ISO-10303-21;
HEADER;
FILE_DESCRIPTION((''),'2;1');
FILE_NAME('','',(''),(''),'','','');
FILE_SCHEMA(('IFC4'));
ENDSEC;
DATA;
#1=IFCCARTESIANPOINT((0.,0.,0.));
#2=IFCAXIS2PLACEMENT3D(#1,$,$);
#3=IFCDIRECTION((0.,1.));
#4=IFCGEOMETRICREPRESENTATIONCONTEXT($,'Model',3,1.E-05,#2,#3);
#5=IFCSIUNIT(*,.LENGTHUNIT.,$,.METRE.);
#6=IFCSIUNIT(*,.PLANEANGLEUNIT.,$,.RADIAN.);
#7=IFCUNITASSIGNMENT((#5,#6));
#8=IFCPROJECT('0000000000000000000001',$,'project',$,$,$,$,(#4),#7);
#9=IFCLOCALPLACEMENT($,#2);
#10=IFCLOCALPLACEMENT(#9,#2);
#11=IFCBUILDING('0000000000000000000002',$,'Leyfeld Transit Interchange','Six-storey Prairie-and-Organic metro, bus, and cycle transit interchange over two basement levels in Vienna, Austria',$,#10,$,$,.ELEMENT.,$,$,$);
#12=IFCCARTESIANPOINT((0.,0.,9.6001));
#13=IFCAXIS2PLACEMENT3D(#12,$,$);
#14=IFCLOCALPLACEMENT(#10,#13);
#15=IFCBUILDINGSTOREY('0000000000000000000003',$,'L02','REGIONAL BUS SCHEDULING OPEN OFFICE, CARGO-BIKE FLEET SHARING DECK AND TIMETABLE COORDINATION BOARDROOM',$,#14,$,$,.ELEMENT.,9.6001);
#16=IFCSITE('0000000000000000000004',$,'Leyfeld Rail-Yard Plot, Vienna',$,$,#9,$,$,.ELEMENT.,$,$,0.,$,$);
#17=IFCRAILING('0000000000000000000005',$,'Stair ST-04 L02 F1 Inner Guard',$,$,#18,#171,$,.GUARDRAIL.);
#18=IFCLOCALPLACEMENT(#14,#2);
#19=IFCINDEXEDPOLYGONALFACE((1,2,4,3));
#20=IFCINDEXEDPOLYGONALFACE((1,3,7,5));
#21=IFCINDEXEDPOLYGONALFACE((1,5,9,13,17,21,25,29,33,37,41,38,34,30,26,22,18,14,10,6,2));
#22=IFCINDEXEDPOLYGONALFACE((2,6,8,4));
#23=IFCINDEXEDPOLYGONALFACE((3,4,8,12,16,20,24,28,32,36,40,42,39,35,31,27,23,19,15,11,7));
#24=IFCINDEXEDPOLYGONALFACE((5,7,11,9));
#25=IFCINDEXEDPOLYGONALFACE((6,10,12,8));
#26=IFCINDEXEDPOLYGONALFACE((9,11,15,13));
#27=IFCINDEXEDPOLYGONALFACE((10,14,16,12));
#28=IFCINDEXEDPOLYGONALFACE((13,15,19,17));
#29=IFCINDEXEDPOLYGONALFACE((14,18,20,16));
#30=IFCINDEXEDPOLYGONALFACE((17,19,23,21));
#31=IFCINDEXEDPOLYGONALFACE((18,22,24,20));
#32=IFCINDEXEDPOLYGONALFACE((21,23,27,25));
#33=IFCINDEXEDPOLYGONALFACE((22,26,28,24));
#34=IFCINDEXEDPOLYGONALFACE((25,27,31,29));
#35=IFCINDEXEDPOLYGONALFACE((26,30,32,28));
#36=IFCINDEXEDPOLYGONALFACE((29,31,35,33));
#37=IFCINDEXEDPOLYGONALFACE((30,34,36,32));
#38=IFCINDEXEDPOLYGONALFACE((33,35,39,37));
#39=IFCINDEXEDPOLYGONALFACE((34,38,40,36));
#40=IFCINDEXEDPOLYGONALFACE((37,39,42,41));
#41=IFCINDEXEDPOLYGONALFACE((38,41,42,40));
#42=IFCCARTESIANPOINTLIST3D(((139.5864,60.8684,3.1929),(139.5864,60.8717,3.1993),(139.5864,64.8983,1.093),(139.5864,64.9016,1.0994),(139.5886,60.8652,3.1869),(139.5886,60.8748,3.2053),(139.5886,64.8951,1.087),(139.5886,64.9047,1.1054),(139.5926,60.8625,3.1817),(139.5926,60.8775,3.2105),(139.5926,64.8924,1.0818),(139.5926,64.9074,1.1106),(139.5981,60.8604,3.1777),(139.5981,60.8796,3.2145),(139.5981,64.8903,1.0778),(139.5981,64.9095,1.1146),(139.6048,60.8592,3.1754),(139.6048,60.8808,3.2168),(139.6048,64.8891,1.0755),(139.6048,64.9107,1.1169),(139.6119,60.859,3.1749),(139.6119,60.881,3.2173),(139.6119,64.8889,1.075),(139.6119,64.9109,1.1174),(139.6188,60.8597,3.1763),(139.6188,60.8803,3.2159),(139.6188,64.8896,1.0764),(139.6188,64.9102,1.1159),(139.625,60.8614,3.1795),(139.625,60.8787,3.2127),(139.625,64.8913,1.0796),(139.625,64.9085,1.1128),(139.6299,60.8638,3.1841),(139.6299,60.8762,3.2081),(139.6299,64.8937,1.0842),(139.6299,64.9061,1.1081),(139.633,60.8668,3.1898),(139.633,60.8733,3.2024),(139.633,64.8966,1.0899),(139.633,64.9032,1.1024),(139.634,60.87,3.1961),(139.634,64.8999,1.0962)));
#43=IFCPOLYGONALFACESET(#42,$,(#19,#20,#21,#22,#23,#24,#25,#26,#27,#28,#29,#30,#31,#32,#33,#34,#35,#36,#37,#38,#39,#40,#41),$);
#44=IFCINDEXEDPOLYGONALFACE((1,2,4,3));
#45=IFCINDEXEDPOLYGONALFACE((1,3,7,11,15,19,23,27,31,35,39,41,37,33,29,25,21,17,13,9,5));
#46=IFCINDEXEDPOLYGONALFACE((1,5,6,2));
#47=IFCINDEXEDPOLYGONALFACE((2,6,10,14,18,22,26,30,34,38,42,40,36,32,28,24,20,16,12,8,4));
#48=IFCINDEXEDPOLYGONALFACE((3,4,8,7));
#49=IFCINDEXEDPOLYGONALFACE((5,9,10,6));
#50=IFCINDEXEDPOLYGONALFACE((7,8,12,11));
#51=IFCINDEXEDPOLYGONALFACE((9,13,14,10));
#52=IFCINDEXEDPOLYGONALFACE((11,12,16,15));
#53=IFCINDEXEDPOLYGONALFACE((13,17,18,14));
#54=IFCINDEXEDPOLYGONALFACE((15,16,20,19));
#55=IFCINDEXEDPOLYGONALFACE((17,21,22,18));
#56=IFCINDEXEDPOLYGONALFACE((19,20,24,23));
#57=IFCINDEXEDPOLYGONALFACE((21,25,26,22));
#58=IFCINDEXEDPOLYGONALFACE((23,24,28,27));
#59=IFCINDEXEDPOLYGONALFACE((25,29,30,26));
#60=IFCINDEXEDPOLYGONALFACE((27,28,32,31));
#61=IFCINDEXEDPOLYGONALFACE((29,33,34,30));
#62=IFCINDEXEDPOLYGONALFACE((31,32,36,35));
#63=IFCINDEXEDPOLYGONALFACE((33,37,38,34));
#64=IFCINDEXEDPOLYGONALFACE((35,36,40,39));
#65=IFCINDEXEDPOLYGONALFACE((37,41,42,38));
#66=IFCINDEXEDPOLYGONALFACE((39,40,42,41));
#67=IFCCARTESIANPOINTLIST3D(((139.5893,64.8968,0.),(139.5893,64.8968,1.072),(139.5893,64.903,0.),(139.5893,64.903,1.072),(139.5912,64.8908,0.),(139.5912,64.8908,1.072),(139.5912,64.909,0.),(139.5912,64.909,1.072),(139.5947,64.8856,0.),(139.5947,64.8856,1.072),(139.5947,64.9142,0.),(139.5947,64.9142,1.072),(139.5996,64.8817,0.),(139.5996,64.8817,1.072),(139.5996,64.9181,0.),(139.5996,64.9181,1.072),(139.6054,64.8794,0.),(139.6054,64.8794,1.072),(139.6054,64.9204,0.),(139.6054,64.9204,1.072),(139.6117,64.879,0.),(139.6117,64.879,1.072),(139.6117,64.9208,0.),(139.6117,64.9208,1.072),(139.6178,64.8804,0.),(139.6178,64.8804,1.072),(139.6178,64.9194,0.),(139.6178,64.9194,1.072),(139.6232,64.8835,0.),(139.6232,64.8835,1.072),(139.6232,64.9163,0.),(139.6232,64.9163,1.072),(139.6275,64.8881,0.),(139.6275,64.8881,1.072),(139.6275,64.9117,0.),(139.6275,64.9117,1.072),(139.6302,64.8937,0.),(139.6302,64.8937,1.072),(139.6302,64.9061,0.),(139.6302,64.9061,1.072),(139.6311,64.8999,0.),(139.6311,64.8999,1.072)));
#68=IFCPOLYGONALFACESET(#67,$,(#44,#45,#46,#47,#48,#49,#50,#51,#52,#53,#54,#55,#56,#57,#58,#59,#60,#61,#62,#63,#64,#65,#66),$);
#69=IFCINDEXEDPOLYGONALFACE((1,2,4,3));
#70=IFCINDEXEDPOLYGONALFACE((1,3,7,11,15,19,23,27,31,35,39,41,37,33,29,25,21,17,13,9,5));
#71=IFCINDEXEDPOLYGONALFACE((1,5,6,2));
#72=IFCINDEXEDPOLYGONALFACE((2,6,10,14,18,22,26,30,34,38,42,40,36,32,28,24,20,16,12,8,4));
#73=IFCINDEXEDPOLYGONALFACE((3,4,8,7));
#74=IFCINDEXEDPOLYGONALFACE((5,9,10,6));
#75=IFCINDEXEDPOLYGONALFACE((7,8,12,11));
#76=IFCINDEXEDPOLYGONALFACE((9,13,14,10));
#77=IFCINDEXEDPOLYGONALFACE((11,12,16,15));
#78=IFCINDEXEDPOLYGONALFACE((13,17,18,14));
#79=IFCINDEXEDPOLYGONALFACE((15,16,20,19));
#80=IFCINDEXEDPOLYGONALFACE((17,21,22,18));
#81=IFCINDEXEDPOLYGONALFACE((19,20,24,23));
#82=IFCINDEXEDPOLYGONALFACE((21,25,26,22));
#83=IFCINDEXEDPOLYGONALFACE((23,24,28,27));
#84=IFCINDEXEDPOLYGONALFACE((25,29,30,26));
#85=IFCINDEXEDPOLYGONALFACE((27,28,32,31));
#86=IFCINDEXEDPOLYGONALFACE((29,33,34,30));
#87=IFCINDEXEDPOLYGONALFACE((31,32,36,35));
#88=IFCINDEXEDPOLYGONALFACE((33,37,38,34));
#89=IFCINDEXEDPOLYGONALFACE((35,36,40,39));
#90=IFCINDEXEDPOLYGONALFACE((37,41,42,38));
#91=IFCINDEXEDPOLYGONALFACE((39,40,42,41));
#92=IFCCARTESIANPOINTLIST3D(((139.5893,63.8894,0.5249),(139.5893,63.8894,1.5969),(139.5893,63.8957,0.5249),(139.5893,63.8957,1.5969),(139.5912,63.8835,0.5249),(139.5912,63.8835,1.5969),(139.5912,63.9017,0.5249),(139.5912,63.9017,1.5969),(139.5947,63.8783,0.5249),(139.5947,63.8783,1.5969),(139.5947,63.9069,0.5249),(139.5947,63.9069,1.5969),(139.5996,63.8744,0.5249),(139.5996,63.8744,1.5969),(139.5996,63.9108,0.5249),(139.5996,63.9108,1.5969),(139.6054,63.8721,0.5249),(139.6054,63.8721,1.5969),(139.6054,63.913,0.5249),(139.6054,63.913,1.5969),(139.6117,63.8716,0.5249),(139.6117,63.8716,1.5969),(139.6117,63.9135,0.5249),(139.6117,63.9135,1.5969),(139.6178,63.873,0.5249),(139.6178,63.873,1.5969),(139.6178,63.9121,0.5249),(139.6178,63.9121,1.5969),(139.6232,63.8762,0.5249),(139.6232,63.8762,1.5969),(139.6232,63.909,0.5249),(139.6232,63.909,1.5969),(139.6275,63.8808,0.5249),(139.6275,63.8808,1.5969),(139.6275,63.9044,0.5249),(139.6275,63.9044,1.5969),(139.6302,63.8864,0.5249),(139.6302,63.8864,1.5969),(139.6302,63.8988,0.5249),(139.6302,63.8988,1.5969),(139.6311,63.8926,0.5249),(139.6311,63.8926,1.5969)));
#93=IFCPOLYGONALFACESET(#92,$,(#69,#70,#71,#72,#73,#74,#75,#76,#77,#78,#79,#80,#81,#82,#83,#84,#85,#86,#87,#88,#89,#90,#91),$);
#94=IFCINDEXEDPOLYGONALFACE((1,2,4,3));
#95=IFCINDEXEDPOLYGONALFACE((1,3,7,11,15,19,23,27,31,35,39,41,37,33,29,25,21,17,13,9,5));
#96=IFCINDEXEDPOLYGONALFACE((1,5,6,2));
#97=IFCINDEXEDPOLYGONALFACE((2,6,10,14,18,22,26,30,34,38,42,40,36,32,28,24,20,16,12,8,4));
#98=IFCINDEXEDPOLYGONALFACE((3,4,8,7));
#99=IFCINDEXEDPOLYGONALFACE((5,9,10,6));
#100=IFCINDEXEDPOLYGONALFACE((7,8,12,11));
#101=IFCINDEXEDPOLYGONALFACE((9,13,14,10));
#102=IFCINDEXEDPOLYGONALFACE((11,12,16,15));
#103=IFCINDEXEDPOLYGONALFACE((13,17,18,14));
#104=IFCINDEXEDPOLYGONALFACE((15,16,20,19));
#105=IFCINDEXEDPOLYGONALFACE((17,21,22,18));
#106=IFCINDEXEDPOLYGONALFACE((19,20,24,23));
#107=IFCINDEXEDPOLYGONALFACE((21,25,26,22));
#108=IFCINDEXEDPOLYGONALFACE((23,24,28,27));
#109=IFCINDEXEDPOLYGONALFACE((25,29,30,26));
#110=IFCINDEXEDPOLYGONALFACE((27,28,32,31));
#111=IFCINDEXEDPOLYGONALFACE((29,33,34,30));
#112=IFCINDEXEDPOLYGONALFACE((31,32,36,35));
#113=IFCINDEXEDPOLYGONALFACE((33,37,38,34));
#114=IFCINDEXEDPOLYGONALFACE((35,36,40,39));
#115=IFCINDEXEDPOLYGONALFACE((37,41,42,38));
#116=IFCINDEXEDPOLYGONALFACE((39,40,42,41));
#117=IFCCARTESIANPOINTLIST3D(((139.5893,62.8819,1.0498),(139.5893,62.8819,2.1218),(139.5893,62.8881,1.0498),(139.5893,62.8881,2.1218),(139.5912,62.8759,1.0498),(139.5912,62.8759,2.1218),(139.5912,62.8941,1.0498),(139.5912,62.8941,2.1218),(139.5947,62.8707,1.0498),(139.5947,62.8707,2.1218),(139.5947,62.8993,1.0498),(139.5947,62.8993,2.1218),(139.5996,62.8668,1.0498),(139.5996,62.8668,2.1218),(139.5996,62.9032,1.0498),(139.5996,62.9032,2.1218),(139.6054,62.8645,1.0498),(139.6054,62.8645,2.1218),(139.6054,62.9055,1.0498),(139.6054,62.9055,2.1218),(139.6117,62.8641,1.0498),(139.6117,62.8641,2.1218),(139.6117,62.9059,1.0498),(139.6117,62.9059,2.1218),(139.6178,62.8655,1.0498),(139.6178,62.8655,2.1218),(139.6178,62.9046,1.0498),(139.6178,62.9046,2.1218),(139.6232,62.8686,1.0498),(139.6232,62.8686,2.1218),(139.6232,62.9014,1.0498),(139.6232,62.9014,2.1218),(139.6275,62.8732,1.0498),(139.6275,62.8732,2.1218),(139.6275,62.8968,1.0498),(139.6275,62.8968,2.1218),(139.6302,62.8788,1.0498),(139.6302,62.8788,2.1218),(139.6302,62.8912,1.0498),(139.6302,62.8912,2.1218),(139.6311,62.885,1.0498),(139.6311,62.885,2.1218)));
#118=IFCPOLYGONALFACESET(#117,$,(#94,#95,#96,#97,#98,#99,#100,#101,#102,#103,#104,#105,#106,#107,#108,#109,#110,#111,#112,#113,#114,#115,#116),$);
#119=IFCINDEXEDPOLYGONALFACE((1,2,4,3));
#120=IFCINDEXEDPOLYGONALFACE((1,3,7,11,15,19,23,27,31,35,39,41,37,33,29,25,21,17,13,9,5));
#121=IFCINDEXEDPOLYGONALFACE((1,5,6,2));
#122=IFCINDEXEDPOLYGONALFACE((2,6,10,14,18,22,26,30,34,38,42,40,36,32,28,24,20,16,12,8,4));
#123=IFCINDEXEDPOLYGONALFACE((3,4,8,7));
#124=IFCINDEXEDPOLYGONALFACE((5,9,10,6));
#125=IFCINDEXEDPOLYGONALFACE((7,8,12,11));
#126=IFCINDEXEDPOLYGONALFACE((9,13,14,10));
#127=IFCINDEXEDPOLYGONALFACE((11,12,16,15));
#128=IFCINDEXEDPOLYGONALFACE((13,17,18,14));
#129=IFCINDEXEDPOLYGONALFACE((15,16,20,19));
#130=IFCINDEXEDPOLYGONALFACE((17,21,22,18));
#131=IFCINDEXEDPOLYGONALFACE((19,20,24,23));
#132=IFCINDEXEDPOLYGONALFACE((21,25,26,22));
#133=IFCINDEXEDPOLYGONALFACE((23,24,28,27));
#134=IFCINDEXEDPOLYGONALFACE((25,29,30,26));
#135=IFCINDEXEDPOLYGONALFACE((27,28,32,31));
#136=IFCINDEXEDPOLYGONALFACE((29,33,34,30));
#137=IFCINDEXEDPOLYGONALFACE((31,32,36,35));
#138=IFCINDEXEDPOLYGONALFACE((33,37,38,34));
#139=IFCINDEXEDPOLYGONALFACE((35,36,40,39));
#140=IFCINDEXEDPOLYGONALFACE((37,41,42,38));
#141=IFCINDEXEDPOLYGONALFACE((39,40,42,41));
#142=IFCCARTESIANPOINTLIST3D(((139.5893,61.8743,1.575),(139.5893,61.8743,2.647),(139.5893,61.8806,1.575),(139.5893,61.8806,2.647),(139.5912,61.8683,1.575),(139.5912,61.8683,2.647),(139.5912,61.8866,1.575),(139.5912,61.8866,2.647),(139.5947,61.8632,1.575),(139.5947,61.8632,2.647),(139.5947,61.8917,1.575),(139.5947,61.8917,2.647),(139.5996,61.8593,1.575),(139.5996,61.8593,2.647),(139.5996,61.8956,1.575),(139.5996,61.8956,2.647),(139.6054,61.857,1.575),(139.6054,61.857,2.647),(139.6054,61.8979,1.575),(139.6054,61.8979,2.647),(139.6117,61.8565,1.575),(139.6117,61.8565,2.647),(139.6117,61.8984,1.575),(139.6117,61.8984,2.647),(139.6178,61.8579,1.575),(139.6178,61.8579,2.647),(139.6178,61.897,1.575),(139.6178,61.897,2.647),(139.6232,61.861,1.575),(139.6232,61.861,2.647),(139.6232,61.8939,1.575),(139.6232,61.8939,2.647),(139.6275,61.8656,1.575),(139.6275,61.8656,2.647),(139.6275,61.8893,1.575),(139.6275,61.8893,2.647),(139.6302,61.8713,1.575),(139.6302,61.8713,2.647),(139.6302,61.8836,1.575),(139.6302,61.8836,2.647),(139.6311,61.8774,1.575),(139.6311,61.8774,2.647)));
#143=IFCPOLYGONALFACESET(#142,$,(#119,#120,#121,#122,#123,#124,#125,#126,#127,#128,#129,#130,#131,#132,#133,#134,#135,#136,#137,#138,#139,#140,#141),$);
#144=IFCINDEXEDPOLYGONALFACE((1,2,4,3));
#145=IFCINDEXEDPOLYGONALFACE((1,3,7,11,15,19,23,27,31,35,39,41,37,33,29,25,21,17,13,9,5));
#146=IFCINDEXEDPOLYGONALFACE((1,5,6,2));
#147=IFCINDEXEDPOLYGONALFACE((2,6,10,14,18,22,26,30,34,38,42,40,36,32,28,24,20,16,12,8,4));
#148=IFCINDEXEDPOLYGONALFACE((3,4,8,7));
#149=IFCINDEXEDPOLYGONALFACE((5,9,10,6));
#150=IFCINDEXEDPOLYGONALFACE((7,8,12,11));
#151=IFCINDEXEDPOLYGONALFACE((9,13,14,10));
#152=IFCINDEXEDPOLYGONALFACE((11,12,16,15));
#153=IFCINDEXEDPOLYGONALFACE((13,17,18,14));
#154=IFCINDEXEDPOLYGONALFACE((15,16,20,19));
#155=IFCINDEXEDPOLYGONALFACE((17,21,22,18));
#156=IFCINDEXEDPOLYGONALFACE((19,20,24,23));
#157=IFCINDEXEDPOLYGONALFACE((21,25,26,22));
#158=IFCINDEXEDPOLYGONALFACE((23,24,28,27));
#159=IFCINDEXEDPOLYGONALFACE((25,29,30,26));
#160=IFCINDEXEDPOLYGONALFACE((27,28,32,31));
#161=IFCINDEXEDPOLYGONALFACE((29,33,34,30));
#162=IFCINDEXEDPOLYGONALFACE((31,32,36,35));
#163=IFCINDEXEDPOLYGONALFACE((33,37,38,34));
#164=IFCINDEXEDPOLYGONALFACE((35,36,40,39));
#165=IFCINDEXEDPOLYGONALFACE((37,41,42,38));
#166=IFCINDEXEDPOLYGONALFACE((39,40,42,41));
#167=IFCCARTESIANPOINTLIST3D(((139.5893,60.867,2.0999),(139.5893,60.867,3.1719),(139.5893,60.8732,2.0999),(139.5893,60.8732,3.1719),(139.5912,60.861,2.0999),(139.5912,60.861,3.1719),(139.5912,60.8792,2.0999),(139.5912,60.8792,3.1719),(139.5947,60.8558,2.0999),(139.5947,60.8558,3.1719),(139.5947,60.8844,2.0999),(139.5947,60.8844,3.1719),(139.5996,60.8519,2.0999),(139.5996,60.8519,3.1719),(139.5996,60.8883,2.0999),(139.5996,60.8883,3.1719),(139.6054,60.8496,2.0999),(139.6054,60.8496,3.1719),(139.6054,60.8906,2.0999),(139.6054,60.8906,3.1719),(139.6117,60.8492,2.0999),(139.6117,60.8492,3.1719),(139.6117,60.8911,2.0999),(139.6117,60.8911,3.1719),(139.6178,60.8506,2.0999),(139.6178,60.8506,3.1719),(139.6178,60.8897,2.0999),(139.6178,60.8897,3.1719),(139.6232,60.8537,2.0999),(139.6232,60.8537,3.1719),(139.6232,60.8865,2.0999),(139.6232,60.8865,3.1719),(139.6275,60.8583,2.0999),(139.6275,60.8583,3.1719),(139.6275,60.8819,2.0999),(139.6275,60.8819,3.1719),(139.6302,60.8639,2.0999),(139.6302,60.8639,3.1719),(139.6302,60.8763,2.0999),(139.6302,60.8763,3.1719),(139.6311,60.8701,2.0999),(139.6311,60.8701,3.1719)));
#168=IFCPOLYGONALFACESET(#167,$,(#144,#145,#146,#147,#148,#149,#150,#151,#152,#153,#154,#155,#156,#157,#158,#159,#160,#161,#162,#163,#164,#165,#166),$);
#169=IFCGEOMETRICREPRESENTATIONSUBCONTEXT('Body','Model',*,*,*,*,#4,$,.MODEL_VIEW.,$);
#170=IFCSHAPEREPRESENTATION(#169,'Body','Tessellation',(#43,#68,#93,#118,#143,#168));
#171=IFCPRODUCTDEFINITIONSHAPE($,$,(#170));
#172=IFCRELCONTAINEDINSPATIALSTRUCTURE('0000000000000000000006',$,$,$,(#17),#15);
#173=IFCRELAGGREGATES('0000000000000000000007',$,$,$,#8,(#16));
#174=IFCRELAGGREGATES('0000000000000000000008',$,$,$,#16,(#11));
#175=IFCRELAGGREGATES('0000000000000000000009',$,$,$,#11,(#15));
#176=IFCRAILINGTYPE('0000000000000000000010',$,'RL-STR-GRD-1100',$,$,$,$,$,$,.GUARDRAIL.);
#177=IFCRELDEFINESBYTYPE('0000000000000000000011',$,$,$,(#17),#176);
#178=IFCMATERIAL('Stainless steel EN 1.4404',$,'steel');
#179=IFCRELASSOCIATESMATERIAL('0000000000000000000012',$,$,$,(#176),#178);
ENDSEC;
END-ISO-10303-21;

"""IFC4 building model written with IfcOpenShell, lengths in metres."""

from ifc_helpers import new_model, si_unit, direction, frame, origin, origin_2d, place, context, subcontext, project, spatial, circle, extrude, material, type_object, element, save


model = new_model("IFC4")

# Units and contexts
model_context = context("Model", 3, precision=1e-05, world=origin(), true_north=direction((0.0, 1.0)))
body_context = subcontext(model_context, "Body", "Model", "MODEL_VIEW")
ifc_project = project(units=[si_unit("LENGTHUNIT", "METRE"), si_unit("PLANEANGLEUNIT", "RADIAN")], contexts=[model_context])

# Site, building, storey
site_placement = place(None, origin())
site = spatial("IfcSite", under=ifc_project, at=site_placement, Name="Leyfeld Rail-Yard Plot, Vienna", CompositionType="ELEMENT", RefElevation=0.0)
building_placement = place(site_placement, origin())
building = spatial("IfcBuilding", under=site, at=building_placement, Name="Leyfeld Transit Interchange", Description="Six-storey Prairie-and-Organic metro, bus, and cycle transit interchange over two basement levels in Vienna, Austria", CompositionType="ELEMENT")
storey_placement = place(building_placement, frame((0.0, 0.0, 9.6001)))
storey = spatial("IfcBuildingStorey", under=building, at=storey_placement, Name="L02", Description="REGIONAL BUS SCHEDULING OPEN OFFICE, CARGO-BIKE FLEET SHARING DECK AND TIMETABLE COORDINATION BOARDROOM", CompositionType="ELEMENT", Elevation=9.6001)

# Railing
ifc_material_1 = material(Name="Stainless steel EN 1.4404", Category="steel")
railing_type_1 = type_object("IfcRailingType", Name="RL-STR-GRD-1100", PredefinedType="GUARDRAIL", material=ifc_material_1)
for number, where, name in (
    (1, (139.6101, 64.8999, 0.0), "Stair ST-04 L02 F1 Inner Guard"),
):
    element("IfcRailing", number, at=place(storey_placement, frame(where)), inside=storey, type_object=railing_type_1, Name=name, PredefinedType="GUARDRAIL", context=body_context, shape_type="SweptSolid", body=[
        extrude(circle(Radius=0.0239, at=origin_2d()), frame((0.0, 0.0, 1.0962), z_axis=(0.0, -0.886823, 0.462109), x_axis=(1.0, 0.0, 0.0)), (0.0, 0.0, 1.0), 4.5442),
        extrude(circle(Radius=0.021, at=origin_2d()), origin(), (0.0, 0.0, 1.0), 1.072),
        extrude(circle(Radius=0.021, at=origin_2d()), frame((0.0, -1.0073, 0.5249)), (0.0, 0.0, 1.0), 1.072),
        extrude(circle(Radius=0.021, at=origin_2d()), frame((0.0, -2.0149, 1.0498)), (0.0, 0.0, 1.0), 1.072),
        extrude(circle(Radius=0.021, at=origin_2d()), frame((0.0, -3.0225, 1.575)), (0.0, 0.0, 1.0), 1.072),
        extrude(circle(Radius=0.021, at=origin_2d()), frame((0.0, -4.0298, 2.0999)), (0.0, 0.0, 1.0), 1.072),
    ])

save(model, "model.ifc")
